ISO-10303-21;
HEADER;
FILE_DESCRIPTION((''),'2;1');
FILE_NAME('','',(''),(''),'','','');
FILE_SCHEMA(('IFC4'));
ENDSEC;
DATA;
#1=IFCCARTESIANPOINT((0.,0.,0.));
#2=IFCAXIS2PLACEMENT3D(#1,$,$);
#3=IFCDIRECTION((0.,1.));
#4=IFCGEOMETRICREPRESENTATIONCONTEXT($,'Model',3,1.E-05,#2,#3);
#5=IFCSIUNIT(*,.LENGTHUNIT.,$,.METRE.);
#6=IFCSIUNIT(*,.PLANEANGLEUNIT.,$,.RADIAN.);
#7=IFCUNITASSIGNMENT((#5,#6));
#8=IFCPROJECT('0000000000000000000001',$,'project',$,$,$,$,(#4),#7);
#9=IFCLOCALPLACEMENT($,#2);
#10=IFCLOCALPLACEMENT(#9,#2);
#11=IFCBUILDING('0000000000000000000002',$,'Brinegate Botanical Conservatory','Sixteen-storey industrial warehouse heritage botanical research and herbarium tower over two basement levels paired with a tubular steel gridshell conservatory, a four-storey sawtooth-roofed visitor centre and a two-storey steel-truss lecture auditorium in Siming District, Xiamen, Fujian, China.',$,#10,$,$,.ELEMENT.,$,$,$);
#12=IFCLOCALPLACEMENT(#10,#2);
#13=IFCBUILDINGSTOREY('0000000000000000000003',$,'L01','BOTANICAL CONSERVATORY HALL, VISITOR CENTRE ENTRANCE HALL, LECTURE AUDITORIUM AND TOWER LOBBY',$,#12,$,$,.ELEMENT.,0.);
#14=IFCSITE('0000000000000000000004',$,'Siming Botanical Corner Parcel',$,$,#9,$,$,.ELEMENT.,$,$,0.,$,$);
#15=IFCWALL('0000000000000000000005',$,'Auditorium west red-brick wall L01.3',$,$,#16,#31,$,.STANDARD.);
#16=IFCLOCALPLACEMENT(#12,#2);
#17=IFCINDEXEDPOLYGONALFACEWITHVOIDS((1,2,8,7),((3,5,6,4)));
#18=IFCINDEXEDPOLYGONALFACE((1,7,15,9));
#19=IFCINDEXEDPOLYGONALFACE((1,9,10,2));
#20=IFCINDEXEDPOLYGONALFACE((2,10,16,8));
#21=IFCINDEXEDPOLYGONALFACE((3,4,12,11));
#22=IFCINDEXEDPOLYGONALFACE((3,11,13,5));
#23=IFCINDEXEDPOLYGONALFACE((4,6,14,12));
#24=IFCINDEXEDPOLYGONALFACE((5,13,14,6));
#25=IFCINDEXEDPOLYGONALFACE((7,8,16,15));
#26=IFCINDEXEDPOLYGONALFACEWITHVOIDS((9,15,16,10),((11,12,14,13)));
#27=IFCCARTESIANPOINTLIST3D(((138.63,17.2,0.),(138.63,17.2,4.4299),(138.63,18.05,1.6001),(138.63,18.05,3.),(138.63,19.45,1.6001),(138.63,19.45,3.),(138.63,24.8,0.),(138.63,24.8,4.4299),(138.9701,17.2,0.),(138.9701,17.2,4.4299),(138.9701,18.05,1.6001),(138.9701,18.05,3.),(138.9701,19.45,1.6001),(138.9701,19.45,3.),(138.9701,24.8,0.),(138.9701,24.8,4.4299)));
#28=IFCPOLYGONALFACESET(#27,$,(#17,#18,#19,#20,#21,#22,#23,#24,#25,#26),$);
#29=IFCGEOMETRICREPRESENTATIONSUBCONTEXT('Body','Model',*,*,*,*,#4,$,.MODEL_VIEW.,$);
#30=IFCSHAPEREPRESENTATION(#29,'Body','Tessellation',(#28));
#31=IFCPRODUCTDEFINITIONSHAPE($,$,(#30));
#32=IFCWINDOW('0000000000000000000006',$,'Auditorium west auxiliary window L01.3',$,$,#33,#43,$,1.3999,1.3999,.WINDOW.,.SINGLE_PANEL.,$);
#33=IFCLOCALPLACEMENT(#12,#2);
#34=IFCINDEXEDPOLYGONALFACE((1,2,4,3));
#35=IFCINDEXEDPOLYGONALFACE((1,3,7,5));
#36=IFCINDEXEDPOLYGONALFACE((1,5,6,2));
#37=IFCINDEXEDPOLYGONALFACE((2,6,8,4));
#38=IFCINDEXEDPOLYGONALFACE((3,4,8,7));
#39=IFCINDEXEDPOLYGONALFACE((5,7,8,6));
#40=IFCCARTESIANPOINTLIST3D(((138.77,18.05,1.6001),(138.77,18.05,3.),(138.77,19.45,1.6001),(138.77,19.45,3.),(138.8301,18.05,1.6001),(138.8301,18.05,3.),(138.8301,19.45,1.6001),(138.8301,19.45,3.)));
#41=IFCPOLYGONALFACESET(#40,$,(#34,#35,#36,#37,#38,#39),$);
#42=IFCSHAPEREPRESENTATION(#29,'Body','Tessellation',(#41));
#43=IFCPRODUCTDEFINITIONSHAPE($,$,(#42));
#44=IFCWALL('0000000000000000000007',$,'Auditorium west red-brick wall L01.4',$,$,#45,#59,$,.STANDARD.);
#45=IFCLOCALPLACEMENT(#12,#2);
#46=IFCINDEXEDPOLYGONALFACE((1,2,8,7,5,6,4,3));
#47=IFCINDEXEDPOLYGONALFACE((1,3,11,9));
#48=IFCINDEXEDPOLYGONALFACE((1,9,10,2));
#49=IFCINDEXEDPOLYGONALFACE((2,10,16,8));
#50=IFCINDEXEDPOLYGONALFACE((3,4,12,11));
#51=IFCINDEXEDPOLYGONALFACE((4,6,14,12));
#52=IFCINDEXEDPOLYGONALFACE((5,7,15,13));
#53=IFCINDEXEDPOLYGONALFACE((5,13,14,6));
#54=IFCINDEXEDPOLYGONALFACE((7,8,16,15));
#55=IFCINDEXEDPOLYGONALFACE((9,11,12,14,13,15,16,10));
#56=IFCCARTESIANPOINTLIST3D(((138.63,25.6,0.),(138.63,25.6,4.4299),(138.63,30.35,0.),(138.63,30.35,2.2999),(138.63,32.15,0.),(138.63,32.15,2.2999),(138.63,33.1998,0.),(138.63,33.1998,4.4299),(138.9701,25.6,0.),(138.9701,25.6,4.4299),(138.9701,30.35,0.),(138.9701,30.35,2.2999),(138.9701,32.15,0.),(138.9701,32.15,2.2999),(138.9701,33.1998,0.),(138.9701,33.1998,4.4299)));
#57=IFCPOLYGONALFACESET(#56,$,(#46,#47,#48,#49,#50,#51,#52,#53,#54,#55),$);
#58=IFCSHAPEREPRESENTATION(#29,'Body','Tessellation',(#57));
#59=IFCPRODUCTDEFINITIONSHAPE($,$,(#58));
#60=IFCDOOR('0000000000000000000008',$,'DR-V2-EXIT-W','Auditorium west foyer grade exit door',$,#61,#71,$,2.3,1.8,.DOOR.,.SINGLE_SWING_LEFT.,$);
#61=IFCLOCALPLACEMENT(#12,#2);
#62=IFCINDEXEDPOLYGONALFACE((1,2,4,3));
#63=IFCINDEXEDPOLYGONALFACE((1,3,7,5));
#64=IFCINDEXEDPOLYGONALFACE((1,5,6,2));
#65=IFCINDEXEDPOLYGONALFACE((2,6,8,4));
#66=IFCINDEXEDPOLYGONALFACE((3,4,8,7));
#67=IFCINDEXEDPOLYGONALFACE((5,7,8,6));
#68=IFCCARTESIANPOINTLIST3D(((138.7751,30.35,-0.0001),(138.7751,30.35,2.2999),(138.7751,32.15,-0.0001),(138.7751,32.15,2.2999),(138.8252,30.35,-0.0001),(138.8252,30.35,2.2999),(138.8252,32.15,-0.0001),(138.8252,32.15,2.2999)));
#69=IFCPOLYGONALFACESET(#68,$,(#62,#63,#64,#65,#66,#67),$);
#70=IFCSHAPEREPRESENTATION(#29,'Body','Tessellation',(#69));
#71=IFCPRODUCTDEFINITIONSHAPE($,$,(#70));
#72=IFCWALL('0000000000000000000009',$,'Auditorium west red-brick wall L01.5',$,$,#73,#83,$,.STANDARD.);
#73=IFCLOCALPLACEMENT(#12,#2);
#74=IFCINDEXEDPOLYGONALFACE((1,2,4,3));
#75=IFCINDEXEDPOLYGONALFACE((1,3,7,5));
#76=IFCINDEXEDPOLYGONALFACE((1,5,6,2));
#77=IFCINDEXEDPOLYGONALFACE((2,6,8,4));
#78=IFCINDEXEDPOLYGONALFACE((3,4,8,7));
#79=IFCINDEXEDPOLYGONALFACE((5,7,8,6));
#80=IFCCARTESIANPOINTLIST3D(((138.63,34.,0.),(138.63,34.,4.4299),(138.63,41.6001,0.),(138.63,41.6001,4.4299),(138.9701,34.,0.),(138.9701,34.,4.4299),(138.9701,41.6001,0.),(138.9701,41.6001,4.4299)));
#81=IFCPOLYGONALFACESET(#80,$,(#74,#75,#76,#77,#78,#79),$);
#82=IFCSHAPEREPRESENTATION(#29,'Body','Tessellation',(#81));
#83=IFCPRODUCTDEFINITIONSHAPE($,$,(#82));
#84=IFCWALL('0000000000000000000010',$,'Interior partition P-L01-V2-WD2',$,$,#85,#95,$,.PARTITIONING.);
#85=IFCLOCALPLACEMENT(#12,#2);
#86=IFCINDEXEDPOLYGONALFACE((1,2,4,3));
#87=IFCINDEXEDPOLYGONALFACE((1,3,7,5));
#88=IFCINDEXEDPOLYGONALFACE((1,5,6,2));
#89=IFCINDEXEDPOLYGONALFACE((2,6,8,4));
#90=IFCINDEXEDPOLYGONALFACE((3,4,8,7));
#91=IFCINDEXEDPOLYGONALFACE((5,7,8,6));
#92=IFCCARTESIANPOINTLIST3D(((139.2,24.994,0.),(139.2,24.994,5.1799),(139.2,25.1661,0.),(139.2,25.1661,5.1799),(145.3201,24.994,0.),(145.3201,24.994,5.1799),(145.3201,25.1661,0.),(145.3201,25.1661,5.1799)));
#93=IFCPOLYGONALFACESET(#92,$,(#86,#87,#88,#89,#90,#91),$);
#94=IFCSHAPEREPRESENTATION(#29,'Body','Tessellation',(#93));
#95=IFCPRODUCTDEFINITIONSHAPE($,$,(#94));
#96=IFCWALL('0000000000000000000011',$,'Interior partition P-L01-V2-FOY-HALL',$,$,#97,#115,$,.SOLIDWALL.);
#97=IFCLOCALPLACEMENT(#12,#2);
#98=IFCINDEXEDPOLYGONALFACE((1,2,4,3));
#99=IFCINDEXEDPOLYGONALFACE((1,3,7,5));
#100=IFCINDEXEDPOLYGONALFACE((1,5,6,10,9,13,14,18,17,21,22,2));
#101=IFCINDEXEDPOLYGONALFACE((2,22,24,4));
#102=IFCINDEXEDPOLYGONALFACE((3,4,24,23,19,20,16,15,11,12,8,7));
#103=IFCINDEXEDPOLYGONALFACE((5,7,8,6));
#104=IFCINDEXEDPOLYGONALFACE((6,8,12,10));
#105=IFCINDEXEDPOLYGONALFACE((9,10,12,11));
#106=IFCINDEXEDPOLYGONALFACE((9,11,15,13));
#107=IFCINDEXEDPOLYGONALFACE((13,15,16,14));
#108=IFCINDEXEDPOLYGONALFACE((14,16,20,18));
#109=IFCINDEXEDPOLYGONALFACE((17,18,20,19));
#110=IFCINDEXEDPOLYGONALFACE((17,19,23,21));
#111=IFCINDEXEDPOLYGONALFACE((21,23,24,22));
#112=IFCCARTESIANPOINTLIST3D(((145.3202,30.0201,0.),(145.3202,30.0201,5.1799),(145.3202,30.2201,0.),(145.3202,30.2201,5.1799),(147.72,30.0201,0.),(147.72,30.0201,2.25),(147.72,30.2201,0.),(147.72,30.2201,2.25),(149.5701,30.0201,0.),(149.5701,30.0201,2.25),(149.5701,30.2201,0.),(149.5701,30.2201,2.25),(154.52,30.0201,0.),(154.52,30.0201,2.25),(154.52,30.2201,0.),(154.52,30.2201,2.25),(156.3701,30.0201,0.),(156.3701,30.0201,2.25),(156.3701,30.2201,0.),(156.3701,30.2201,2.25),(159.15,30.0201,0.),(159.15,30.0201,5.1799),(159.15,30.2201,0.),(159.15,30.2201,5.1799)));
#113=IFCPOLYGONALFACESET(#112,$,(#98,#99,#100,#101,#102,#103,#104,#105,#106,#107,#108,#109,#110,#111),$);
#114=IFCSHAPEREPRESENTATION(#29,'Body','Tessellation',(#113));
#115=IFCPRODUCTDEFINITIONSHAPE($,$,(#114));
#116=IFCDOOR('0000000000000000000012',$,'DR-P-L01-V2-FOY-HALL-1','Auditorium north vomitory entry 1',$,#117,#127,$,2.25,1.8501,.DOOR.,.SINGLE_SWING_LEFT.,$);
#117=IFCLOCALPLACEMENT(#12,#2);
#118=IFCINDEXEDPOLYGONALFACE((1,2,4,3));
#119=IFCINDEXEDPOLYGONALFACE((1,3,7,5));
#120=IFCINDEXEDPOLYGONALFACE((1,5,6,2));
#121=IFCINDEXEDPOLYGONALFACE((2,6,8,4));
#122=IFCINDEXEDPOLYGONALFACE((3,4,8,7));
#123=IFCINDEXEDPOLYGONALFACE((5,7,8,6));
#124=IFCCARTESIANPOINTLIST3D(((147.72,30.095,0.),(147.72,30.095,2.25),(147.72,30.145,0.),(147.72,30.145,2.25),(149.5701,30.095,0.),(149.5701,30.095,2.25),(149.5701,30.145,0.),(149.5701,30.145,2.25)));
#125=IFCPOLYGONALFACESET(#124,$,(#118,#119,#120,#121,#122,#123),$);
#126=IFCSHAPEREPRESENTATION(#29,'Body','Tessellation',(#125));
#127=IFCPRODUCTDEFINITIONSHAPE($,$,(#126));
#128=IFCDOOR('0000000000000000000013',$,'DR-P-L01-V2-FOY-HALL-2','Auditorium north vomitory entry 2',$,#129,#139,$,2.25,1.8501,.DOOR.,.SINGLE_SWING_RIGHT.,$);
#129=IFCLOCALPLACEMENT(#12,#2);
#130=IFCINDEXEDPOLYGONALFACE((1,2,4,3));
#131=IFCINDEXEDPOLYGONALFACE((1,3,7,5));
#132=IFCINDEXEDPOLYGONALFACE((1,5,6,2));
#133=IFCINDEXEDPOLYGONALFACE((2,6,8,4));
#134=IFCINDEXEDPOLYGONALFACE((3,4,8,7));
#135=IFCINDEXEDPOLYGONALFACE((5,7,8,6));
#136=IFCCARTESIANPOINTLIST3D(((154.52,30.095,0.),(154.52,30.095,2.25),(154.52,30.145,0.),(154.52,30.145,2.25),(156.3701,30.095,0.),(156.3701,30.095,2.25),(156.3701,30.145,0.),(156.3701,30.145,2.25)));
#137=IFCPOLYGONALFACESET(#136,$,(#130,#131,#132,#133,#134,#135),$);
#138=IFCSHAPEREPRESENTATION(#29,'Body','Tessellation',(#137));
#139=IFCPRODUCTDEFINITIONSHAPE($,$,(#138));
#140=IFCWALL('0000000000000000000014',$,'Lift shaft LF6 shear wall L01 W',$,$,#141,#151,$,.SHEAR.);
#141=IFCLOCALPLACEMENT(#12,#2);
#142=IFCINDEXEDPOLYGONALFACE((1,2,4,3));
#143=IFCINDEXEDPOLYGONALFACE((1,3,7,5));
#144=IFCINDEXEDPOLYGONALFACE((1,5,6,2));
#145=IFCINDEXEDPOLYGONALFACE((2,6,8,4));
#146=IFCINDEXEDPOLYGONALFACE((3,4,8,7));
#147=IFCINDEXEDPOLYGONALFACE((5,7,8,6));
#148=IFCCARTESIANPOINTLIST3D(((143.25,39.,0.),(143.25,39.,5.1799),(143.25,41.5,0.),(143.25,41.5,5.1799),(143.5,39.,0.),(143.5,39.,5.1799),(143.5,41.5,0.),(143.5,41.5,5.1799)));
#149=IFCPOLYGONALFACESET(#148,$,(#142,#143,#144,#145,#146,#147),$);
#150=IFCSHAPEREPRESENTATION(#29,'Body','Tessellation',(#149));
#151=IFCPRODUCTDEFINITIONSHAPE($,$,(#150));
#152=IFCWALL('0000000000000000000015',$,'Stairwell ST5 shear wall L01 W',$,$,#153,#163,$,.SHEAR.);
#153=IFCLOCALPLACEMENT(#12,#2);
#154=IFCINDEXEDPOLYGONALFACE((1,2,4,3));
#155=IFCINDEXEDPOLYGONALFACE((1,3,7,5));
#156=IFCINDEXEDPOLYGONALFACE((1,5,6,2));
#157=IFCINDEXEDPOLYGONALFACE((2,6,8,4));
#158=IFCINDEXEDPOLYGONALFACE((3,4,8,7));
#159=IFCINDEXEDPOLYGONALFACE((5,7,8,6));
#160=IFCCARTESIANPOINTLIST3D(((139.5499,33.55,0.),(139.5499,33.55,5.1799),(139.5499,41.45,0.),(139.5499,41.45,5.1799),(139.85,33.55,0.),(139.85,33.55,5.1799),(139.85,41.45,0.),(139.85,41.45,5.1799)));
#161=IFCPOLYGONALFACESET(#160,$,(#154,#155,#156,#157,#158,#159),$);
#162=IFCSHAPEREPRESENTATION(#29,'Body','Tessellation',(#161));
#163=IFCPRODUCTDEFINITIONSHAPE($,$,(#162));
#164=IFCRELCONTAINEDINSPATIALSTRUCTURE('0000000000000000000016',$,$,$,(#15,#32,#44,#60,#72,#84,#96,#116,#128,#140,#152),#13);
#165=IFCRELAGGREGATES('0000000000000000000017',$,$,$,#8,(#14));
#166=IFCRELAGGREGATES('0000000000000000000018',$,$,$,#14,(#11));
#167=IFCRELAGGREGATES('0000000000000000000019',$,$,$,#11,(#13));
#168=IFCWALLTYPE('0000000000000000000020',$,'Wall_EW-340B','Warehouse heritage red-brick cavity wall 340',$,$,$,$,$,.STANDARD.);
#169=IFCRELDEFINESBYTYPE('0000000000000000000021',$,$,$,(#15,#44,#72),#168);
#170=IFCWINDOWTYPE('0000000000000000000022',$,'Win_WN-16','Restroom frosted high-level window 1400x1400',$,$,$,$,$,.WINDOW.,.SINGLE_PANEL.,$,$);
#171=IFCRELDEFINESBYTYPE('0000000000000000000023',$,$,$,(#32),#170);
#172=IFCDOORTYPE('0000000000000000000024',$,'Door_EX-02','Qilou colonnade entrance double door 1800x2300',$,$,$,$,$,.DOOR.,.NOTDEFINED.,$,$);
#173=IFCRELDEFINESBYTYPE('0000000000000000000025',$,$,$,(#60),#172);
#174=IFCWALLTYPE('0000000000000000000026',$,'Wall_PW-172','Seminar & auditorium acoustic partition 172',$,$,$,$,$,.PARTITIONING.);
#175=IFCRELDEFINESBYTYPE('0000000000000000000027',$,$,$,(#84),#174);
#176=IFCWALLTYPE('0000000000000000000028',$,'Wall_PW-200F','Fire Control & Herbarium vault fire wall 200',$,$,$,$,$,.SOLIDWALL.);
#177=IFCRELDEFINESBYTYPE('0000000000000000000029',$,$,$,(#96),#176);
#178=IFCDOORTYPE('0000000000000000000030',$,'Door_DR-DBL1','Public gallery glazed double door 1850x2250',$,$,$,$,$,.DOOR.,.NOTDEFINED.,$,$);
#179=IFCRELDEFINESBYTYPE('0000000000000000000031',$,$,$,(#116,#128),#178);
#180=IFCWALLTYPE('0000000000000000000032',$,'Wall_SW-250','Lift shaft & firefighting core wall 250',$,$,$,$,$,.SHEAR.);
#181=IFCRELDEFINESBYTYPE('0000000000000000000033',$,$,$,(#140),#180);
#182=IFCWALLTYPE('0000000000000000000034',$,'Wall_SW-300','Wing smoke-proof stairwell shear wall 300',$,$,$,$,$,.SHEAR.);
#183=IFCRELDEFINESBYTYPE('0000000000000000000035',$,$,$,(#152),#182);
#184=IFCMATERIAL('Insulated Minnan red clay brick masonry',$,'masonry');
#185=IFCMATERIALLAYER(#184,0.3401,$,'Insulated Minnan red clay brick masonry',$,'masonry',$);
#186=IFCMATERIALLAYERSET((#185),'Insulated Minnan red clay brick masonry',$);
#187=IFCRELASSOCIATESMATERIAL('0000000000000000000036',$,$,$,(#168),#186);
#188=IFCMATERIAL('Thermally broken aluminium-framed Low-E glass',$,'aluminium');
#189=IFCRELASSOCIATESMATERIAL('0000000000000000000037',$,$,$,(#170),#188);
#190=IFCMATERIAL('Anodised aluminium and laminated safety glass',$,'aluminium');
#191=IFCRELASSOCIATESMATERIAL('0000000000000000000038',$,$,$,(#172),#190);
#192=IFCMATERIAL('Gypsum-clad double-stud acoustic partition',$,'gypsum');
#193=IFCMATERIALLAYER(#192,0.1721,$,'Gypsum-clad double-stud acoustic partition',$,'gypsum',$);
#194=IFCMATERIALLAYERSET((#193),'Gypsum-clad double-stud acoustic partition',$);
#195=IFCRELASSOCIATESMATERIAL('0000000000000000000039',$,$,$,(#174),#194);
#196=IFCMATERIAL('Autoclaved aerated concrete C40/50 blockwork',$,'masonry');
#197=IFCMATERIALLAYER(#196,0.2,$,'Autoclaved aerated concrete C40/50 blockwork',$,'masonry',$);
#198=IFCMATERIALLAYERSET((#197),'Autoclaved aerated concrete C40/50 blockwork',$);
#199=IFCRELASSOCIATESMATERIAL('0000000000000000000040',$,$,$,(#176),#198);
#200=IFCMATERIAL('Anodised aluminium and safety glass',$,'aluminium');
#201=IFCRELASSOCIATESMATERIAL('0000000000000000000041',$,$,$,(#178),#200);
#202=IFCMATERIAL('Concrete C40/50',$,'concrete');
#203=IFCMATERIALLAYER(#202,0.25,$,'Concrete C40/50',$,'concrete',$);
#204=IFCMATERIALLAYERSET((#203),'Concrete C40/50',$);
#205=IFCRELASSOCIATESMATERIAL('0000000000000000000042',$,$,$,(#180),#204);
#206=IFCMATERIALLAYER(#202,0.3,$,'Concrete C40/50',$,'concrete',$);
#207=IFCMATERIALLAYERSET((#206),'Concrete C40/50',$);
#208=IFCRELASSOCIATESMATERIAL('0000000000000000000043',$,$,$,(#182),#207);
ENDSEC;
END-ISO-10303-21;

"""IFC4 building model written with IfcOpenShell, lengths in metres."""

from ifc_helpers import new_model, si_unit, direction, frame, frame_2d, origin, place, context, subcontext, project, spatial, rectangle, extrude, material, layer, layer_set, type_object, element, fill, save


model = new_model("IFC4")

# Units and contexts
model_context = context("Model", 3, precision=1e-05, world=origin(), true_north=direction((0.0, 1.0)))
body_context = subcontext(model_context, "Body", "Model", "MODEL_VIEW")
ifc_project = project(units=[si_unit("LENGTHUNIT", "METRE"), si_unit("PLANEANGLEUNIT", "RADIAN")], contexts=[model_context])

# Site, building, storey
site_placement = place(None, origin())
site = spatial("IfcSite", under=ifc_project, at=site_placement, Name="Siming Botanical Corner Parcel", CompositionType="ELEMENT", RefElevation=0.0)
building_placement = place(site_placement, origin())
building = spatial("IfcBuilding", under=site, at=building_placement, Name="Brinegate Botanical Conservatory", Description="Sixteen-storey industrial warehouse heritage botanical research and herbarium tower over two basement levels paired with a tubular steel gridshell conservatory, a four-storey sawtooth-roofed visitor centre and a two-storey steel-truss lecture auditorium in Siming District, Xiamen, Fujian, China.", CompositionType="ELEMENT")
storey_placement = place(building_placement, origin())
storey = spatial("IfcBuildingStorey", under=building, at=storey_placement, Name="L01", Description="BOTANICAL CONSERVATORY HALL, VISITOR CENTRE ENTRANCE HALL, LECTURE AUDITORIUM AND TOWER LOBBY", CompositionType="ELEMENT", Elevation=0.0)

# Shared definitions
ifc_material_1 = material(Name="Concrete C40/50", Category="concrete")

# Wall, opening, window
ifc_material_2 = material(Name="Insulated Minnan red clay brick masonry", Category="masonry")
ifc_layer_1 = layer(ifc_material_2, 0.3401, Name="Insulated Minnan red clay brick masonry", Category="masonry")
ifc_layer_set_1 = layer_set([ifc_layer_1], Name="Insulated Minnan red clay brick masonry")
wall_type_1 = type_object("IfcWallType", Name="Wall_EW-340B", Description="Warehouse heritage red-brick cavity wall 340", PredefinedType="STANDARD", material=ifc_layer_set_1)
wall_1_placement = place(storey_placement, frame((138.8, 17.2, 0.0), z_axis=(0.0, 0.0, 1.0), x_axis=(0.0, 1.0, 0.0)))
wall_1 = element("IfcWall", 1, at=wall_1_placement, inside=storey, type_object=wall_type_1, Name="Auditorium west red-brick wall L01.3", PredefinedType="STANDARD", context=body_context, shape_type="SweptSolid", body=[
    extrude(rectangle(XDim=7.6001, YDim=0.3401, at=frame_2d((3.8, 0.0))), origin(), (0.0, 0.0, 1.0), 4.4299),
])
opening_1_placement = place(wall_1_placement, frame((0.8501, 0.0, 1.6001)))
opening_1 = element("IfcOpeningElement", 2, at=opening_1_placement, cuts=wall_1, PredefinedType="OPENING", context=body_context, shape_type="SweptSolid", body=[
    extrude(rectangle(XDim=1.3999, YDim=1.3999, at=frame_2d((0.7, 0.7))), frame((0.0, 0.1799, 0.0), z_axis=(0.0, -1.0, 0.0), x_axis=(1.0, 0.0, 0.0)), (0.0, 0.0, 1.0), 0.3601),
])
ifc_material_3 = material(Name="Thermally broken aluminium-framed Low-E glass", Category="aluminium")
window_type = type_object("IfcWindowType", Name="Win_WN-16", Description="Restroom frosted high-level window 1400x1400", PartitioningType="SINGLE_PANEL", PredefinedType="WINDOW", material=ifc_material_3)
window_placement = place(opening_1_placement, origin())
window = element("IfcWindow", 3, at=window_placement, inside=storey, type_object=window_type, Name="Auditorium west auxiliary window L01.3", OverallHeight=1.3999, OverallWidth=1.3999, PartitioningType="SINGLE_PANEL", PredefinedType="WINDOW", context=body_context, shape_type="SweptSolid", body=[
    extrude(rectangle(XDim=1.3999, YDim=1.3999, at=frame_2d((0.7, 0.7))), frame((0.0, 0.03, 0.0), z_axis=(0.0, -1.0, 0.0), x_axis=(1.0, 0.0, 0.0)), (0.0, 0.0, 1.0), 0.0601),
])
fill(opening_1, window)

# Wall, opening, door
wall_2_placement = place(storey_placement, frame((138.8, 25.6001, 0.0), z_axis=(0.0, 0.0, 1.0), x_axis=(0.0, 1.0, 0.0)))
wall_2 = element("IfcWall", 4, at=wall_2_placement, inside=storey, type_object=wall_type_1, Name="Auditorium west red-brick wall L01.4", PredefinedType="STANDARD", context=body_context, shape_type="SweptSolid", body=[
    extrude(rectangle(XDim=7.5999, YDim=0.3401, at=frame_2d((3.7998, 0.0))), origin(), (0.0, 0.0, 1.0), 4.4299),
])
opening_2_placement = place(wall_2_placement, frame((4.75, 0.0, 0.0)))
opening_2 = element("IfcOpeningElement", 5, at=opening_2_placement, cuts=wall_2, PredefinedType="OPENING", context=body_context, shape_type="SweptSolid", body=[
    extrude(rectangle(XDim=1.8, YDim=2.3, at=frame_2d((0.8999, 1.1499))), frame((0.0, 0.1799, 0.0), z_axis=(0.0, -1.0, 0.0), x_axis=(1.0, 0.0, 0.0)), (0.0, 0.0, 1.0), 0.3601),
])
ifc_material_4 = material(Name="Anodised aluminium and laminated safety glass", Category="aluminium")
door_type_1 = type_object("IfcDoorType", Name="Door_EX-02", Description="Qilou colonnade entrance double door 1800x2300", OperationType="NOTDEFINED", PredefinedType="DOOR", material=ifc_material_4)
door_1_placement = place(opening_2_placement, origin())
door_1 = element("IfcDoor", 6, at=door_1_placement, inside=storey, type_object=door_type_1, Name="DR-V2-EXIT-W", Description="Auditorium west foyer grade exit door", OperationType="SINGLE_SWING_LEFT", OverallHeight=2.3, OverallWidth=1.8, PredefinedType="DOOR", context=body_context, shape_type="SweptSolid", body=[
    extrude(rectangle(XDim=1.8, YDim=2.3, at=frame_2d((0.8999, 1.1499))), frame((0.0, 0.0249, 0.0), z_axis=(0.0, -1.0, 0.0), x_axis=(1.0, 0.0, 0.0)), (0.0, 0.0, 1.0), 0.05),
])
fill(opening_2, door_1)

# Walls
wall_3_placement = place(storey_placement, frame((138.8, 34.0, 0.0), z_axis=(0.0, 0.0, 1.0), x_axis=(0.0, 1.0, 0.0)))
element("IfcWall", 7, at=wall_3_placement, inside=storey, type_object=wall_type_1, Name="Auditorium west red-brick wall L01.5", PredefinedType="STANDARD", context=body_context, shape_type="SweptSolid", body=[
    extrude(rectangle(XDim=7.6001, YDim=0.3401, at=frame_2d((3.8, 0.0))), origin(), (0.0, 0.0, 1.0), 4.4299),
])
ifc_material_5 = material(Name="Gypsum-clad double-stud acoustic partition", Category="gypsum")
ifc_layer_2 = layer(ifc_material_5, 0.1721, Name="Gypsum-clad double-stud acoustic partition", Category="gypsum")
ifc_layer_set_2 = layer_set([ifc_layer_2], Name="Gypsum-clad double-stud acoustic partition")
wall_type_2 = type_object("IfcWallType", Name="Wall_PW-172", Description="Seminar & auditorium acoustic partition 172", PredefinedType="PARTITIONING", material=ifc_layer_set_2)
wall_4_placement = place(storey_placement, frame((139.2, 25.0801, 0.0), z_axis=(0.0, 0.0, 1.0), x_axis=(1.0, 0.0, 0.0)))
element("IfcWall", 8, at=wall_4_placement, inside=storey, type_object=wall_type_2, Name="Interior partition P-L01-V2-WD2", PredefinedType="PARTITIONING", context=body_context, shape_type="SweptSolid", body=[
    extrude(rectangle(XDim=6.1201, YDim=0.1721, at=frame_2d((3.0601, 0.0))), origin(), (0.0, 0.0, 1.0), 5.1799),
])

# Wall, openings, doors
ifc_material_6 = material(Name="Autoclaved aerated concrete C40/50 blockwork", Category="masonry")
ifc_layer_3 = layer(ifc_material_6, 0.2, Name="Autoclaved aerated concrete C40/50 blockwork", Category="masonry")
ifc_layer_set_3 = layer_set([ifc_layer_3], Name="Autoclaved aerated concrete C40/50 blockwork")
wall_type_3 = type_object("IfcWallType", Name="Wall_PW-200F", Description="Fire Control & Herbarium vault fire wall 200", PredefinedType="SOLIDWALL", material=ifc_layer_set_3)
wall_5_placement = place(storey_placement, frame((145.3201, 30.1201, 0.0), z_axis=(0.0, 0.0, 1.0), x_axis=(1.0, 0.0, 0.0)))
wall_5 = element("IfcWall", 9, at=wall_5_placement, inside=storey, type_object=wall_type_3, Name="Interior partition P-L01-V2-FOY-HALL", PredefinedType="SOLIDWALL", context=body_context, shape_type="SweptSolid", body=[
    extrude(rectangle(XDim=13.8298, YDim=0.2, at=frame_2d((6.915, 0.0))), origin(), (0.0, 0.0, 1.0), 5.1799),
])
opening_3_placement = place(wall_5_placement, frame((2.3999, 0.0, 0.0)))
opening_3 = element("IfcOpeningElement", 10, at=opening_3_placement, cuts=wall_5, PredefinedType="OPENING", context=body_context, shape_type="SweptSolid", body=[
    extrude(rectangle(XDim=1.8501, YDim=2.25, at=frame_2d((0.925, 1.125))), frame((0.0, 0.1099, 0.0), z_axis=(0.0, -1.0, 0.0), x_axis=(1.0, 0.0, 0.0)), (0.0, 0.0, 1.0), 0.22),
])
opening_4_placement = place(wall_5_placement, frame((9.2, 0.0, 0.0)))
opening_4 = element("IfcOpeningElement", 11, at=opening_4_placement, cuts=wall_5, PredefinedType="OPENING", context=body_context, shape_type="SweptSolid", body=[
    extrude(rectangle(XDim=1.8501, YDim=2.25, at=frame_2d((0.925, 1.125))), frame((0.0, 0.1099, 0.0), z_axis=(0.0, -1.0, 0.0), x_axis=(1.0, 0.0, 0.0)), (0.0, 0.0, 1.0), 0.22),
])
ifc_material_7 = material(Name="Anodised aluminium and safety glass", Category="aluminium")
door_type_2 = type_object("IfcDoorType", Name="Door_DR-DBL1", Description="Public gallery glazed double door 1850x2250", OperationType="NOTDEFINED", PredefinedType="DOOR", material=ifc_material_7)
door_2_placement = place(opening_3_placement, origin())
door_2 = element("IfcDoor", 12, at=door_2_placement, inside=storey, type_object=door_type_2, Name="DR-P-L01-V2-FOY-HALL-1", Description="Auditorium north vomitory entry 1", OperationType="SINGLE_SWING_LEFT", OverallHeight=2.25, OverallWidth=1.8501, PredefinedType="DOOR", context=body_context, shape_type="SweptSolid", body=[
    extrude(rectangle(XDim=1.8501, YDim=2.25, at=frame_2d((0.925, 1.125))), frame((0.0, 0.0249, 0.0), z_axis=(0.0, -1.0, 0.0), x_axis=(1.0, 0.0, 0.0)), (0.0, 0.0, 1.0), 0.05),
])
fill(opening_3, door_2)
door_3_placement = place(opening_4_placement, origin())
door_3 = element("IfcDoor", 13, at=door_3_placement, inside=storey, type_object=door_type_2, Name="DR-P-L01-V2-FOY-HALL-2", Description="Auditorium north vomitory entry 2", OperationType="SINGLE_SWING_RIGHT", OverallHeight=2.25, OverallWidth=1.8501, PredefinedType="DOOR", context=body_context, shape_type="SweptSolid", body=[
    extrude(rectangle(XDim=1.8501, YDim=2.25, at=frame_2d((0.925, 1.125))), frame((0.0, 0.0249, 0.0), z_axis=(0.0, -1.0, 0.0), x_axis=(1.0, 0.0, 0.0)), (0.0, 0.0, 1.0), 0.05),
])
fill(opening_4, door_3)

# Shared definitions
ifc_layer_4 = layer(ifc_material_1, 0.25, Name="Concrete C40/50", Category="concrete")
ifc_layer_set_4 = layer_set([ifc_layer_4], Name="Concrete C40/50")
wall_type_4 = type_object("IfcWallType", Name="Wall_SW-250", Description="Lift shaft & firefighting core wall 250", PredefinedType="SHEAR", material=ifc_layer_set_4)

# Wall
wall_6_placement = place(storey_placement, frame((143.375, 39.0, 0.0), z_axis=(0.0, 0.0, 1.0), x_axis=(0.0, 1.0, 0.0)))
element("IfcWall", 14, at=wall_6_placement, inside=storey, type_object=wall_type_4, Name="Lift shaft LF6 shear wall L01 W", PredefinedType="SHEAR", context=body_context, shape_type="SweptSolid", body=[
    extrude(rectangle(XDim=2.5, YDim=0.25, at=frame_2d((1.25, 0.0))), origin(), (0.0, 0.0, 1.0), 5.1799),
])

# Shared definitions
ifc_layer_5 = layer(ifc_material_1, 0.3, Name="Concrete C40/50", Category="concrete")
ifc_layer_set_5 = layer_set([ifc_layer_5], Name="Concrete C40/50")
wall_type_5 = type_object("IfcWallType", Name="Wall_SW-300", Description="Wing smoke-proof stairwell shear wall 300", PredefinedType="SHEAR", material=ifc_layer_set_5)

# Wall
for number, where, z_axis, x_axis, name in (
    (15, (139.7, 33.55, 0.0), (0.0, 0.0, 1.0), (0.0, 1.0, 0.0), "Stairwell ST5 shear wall L01 W"),
):
    element("IfcWall", number, at=place(storey_placement, frame(where, z_axis=z_axis, x_axis=x_axis)), inside=storey, type_object=wall_type_5, Name=name, PredefinedType="SHEAR", context=body_context, shape_type="SweptSolid", body=[
        extrude(rectangle(XDim=7.8999, YDim=0.3, at=frame_2d((3.95, 0.0))), origin(), (0.0, 0.0, 1.0), 5.1799),
    ])

save(model, "model.ifc")
